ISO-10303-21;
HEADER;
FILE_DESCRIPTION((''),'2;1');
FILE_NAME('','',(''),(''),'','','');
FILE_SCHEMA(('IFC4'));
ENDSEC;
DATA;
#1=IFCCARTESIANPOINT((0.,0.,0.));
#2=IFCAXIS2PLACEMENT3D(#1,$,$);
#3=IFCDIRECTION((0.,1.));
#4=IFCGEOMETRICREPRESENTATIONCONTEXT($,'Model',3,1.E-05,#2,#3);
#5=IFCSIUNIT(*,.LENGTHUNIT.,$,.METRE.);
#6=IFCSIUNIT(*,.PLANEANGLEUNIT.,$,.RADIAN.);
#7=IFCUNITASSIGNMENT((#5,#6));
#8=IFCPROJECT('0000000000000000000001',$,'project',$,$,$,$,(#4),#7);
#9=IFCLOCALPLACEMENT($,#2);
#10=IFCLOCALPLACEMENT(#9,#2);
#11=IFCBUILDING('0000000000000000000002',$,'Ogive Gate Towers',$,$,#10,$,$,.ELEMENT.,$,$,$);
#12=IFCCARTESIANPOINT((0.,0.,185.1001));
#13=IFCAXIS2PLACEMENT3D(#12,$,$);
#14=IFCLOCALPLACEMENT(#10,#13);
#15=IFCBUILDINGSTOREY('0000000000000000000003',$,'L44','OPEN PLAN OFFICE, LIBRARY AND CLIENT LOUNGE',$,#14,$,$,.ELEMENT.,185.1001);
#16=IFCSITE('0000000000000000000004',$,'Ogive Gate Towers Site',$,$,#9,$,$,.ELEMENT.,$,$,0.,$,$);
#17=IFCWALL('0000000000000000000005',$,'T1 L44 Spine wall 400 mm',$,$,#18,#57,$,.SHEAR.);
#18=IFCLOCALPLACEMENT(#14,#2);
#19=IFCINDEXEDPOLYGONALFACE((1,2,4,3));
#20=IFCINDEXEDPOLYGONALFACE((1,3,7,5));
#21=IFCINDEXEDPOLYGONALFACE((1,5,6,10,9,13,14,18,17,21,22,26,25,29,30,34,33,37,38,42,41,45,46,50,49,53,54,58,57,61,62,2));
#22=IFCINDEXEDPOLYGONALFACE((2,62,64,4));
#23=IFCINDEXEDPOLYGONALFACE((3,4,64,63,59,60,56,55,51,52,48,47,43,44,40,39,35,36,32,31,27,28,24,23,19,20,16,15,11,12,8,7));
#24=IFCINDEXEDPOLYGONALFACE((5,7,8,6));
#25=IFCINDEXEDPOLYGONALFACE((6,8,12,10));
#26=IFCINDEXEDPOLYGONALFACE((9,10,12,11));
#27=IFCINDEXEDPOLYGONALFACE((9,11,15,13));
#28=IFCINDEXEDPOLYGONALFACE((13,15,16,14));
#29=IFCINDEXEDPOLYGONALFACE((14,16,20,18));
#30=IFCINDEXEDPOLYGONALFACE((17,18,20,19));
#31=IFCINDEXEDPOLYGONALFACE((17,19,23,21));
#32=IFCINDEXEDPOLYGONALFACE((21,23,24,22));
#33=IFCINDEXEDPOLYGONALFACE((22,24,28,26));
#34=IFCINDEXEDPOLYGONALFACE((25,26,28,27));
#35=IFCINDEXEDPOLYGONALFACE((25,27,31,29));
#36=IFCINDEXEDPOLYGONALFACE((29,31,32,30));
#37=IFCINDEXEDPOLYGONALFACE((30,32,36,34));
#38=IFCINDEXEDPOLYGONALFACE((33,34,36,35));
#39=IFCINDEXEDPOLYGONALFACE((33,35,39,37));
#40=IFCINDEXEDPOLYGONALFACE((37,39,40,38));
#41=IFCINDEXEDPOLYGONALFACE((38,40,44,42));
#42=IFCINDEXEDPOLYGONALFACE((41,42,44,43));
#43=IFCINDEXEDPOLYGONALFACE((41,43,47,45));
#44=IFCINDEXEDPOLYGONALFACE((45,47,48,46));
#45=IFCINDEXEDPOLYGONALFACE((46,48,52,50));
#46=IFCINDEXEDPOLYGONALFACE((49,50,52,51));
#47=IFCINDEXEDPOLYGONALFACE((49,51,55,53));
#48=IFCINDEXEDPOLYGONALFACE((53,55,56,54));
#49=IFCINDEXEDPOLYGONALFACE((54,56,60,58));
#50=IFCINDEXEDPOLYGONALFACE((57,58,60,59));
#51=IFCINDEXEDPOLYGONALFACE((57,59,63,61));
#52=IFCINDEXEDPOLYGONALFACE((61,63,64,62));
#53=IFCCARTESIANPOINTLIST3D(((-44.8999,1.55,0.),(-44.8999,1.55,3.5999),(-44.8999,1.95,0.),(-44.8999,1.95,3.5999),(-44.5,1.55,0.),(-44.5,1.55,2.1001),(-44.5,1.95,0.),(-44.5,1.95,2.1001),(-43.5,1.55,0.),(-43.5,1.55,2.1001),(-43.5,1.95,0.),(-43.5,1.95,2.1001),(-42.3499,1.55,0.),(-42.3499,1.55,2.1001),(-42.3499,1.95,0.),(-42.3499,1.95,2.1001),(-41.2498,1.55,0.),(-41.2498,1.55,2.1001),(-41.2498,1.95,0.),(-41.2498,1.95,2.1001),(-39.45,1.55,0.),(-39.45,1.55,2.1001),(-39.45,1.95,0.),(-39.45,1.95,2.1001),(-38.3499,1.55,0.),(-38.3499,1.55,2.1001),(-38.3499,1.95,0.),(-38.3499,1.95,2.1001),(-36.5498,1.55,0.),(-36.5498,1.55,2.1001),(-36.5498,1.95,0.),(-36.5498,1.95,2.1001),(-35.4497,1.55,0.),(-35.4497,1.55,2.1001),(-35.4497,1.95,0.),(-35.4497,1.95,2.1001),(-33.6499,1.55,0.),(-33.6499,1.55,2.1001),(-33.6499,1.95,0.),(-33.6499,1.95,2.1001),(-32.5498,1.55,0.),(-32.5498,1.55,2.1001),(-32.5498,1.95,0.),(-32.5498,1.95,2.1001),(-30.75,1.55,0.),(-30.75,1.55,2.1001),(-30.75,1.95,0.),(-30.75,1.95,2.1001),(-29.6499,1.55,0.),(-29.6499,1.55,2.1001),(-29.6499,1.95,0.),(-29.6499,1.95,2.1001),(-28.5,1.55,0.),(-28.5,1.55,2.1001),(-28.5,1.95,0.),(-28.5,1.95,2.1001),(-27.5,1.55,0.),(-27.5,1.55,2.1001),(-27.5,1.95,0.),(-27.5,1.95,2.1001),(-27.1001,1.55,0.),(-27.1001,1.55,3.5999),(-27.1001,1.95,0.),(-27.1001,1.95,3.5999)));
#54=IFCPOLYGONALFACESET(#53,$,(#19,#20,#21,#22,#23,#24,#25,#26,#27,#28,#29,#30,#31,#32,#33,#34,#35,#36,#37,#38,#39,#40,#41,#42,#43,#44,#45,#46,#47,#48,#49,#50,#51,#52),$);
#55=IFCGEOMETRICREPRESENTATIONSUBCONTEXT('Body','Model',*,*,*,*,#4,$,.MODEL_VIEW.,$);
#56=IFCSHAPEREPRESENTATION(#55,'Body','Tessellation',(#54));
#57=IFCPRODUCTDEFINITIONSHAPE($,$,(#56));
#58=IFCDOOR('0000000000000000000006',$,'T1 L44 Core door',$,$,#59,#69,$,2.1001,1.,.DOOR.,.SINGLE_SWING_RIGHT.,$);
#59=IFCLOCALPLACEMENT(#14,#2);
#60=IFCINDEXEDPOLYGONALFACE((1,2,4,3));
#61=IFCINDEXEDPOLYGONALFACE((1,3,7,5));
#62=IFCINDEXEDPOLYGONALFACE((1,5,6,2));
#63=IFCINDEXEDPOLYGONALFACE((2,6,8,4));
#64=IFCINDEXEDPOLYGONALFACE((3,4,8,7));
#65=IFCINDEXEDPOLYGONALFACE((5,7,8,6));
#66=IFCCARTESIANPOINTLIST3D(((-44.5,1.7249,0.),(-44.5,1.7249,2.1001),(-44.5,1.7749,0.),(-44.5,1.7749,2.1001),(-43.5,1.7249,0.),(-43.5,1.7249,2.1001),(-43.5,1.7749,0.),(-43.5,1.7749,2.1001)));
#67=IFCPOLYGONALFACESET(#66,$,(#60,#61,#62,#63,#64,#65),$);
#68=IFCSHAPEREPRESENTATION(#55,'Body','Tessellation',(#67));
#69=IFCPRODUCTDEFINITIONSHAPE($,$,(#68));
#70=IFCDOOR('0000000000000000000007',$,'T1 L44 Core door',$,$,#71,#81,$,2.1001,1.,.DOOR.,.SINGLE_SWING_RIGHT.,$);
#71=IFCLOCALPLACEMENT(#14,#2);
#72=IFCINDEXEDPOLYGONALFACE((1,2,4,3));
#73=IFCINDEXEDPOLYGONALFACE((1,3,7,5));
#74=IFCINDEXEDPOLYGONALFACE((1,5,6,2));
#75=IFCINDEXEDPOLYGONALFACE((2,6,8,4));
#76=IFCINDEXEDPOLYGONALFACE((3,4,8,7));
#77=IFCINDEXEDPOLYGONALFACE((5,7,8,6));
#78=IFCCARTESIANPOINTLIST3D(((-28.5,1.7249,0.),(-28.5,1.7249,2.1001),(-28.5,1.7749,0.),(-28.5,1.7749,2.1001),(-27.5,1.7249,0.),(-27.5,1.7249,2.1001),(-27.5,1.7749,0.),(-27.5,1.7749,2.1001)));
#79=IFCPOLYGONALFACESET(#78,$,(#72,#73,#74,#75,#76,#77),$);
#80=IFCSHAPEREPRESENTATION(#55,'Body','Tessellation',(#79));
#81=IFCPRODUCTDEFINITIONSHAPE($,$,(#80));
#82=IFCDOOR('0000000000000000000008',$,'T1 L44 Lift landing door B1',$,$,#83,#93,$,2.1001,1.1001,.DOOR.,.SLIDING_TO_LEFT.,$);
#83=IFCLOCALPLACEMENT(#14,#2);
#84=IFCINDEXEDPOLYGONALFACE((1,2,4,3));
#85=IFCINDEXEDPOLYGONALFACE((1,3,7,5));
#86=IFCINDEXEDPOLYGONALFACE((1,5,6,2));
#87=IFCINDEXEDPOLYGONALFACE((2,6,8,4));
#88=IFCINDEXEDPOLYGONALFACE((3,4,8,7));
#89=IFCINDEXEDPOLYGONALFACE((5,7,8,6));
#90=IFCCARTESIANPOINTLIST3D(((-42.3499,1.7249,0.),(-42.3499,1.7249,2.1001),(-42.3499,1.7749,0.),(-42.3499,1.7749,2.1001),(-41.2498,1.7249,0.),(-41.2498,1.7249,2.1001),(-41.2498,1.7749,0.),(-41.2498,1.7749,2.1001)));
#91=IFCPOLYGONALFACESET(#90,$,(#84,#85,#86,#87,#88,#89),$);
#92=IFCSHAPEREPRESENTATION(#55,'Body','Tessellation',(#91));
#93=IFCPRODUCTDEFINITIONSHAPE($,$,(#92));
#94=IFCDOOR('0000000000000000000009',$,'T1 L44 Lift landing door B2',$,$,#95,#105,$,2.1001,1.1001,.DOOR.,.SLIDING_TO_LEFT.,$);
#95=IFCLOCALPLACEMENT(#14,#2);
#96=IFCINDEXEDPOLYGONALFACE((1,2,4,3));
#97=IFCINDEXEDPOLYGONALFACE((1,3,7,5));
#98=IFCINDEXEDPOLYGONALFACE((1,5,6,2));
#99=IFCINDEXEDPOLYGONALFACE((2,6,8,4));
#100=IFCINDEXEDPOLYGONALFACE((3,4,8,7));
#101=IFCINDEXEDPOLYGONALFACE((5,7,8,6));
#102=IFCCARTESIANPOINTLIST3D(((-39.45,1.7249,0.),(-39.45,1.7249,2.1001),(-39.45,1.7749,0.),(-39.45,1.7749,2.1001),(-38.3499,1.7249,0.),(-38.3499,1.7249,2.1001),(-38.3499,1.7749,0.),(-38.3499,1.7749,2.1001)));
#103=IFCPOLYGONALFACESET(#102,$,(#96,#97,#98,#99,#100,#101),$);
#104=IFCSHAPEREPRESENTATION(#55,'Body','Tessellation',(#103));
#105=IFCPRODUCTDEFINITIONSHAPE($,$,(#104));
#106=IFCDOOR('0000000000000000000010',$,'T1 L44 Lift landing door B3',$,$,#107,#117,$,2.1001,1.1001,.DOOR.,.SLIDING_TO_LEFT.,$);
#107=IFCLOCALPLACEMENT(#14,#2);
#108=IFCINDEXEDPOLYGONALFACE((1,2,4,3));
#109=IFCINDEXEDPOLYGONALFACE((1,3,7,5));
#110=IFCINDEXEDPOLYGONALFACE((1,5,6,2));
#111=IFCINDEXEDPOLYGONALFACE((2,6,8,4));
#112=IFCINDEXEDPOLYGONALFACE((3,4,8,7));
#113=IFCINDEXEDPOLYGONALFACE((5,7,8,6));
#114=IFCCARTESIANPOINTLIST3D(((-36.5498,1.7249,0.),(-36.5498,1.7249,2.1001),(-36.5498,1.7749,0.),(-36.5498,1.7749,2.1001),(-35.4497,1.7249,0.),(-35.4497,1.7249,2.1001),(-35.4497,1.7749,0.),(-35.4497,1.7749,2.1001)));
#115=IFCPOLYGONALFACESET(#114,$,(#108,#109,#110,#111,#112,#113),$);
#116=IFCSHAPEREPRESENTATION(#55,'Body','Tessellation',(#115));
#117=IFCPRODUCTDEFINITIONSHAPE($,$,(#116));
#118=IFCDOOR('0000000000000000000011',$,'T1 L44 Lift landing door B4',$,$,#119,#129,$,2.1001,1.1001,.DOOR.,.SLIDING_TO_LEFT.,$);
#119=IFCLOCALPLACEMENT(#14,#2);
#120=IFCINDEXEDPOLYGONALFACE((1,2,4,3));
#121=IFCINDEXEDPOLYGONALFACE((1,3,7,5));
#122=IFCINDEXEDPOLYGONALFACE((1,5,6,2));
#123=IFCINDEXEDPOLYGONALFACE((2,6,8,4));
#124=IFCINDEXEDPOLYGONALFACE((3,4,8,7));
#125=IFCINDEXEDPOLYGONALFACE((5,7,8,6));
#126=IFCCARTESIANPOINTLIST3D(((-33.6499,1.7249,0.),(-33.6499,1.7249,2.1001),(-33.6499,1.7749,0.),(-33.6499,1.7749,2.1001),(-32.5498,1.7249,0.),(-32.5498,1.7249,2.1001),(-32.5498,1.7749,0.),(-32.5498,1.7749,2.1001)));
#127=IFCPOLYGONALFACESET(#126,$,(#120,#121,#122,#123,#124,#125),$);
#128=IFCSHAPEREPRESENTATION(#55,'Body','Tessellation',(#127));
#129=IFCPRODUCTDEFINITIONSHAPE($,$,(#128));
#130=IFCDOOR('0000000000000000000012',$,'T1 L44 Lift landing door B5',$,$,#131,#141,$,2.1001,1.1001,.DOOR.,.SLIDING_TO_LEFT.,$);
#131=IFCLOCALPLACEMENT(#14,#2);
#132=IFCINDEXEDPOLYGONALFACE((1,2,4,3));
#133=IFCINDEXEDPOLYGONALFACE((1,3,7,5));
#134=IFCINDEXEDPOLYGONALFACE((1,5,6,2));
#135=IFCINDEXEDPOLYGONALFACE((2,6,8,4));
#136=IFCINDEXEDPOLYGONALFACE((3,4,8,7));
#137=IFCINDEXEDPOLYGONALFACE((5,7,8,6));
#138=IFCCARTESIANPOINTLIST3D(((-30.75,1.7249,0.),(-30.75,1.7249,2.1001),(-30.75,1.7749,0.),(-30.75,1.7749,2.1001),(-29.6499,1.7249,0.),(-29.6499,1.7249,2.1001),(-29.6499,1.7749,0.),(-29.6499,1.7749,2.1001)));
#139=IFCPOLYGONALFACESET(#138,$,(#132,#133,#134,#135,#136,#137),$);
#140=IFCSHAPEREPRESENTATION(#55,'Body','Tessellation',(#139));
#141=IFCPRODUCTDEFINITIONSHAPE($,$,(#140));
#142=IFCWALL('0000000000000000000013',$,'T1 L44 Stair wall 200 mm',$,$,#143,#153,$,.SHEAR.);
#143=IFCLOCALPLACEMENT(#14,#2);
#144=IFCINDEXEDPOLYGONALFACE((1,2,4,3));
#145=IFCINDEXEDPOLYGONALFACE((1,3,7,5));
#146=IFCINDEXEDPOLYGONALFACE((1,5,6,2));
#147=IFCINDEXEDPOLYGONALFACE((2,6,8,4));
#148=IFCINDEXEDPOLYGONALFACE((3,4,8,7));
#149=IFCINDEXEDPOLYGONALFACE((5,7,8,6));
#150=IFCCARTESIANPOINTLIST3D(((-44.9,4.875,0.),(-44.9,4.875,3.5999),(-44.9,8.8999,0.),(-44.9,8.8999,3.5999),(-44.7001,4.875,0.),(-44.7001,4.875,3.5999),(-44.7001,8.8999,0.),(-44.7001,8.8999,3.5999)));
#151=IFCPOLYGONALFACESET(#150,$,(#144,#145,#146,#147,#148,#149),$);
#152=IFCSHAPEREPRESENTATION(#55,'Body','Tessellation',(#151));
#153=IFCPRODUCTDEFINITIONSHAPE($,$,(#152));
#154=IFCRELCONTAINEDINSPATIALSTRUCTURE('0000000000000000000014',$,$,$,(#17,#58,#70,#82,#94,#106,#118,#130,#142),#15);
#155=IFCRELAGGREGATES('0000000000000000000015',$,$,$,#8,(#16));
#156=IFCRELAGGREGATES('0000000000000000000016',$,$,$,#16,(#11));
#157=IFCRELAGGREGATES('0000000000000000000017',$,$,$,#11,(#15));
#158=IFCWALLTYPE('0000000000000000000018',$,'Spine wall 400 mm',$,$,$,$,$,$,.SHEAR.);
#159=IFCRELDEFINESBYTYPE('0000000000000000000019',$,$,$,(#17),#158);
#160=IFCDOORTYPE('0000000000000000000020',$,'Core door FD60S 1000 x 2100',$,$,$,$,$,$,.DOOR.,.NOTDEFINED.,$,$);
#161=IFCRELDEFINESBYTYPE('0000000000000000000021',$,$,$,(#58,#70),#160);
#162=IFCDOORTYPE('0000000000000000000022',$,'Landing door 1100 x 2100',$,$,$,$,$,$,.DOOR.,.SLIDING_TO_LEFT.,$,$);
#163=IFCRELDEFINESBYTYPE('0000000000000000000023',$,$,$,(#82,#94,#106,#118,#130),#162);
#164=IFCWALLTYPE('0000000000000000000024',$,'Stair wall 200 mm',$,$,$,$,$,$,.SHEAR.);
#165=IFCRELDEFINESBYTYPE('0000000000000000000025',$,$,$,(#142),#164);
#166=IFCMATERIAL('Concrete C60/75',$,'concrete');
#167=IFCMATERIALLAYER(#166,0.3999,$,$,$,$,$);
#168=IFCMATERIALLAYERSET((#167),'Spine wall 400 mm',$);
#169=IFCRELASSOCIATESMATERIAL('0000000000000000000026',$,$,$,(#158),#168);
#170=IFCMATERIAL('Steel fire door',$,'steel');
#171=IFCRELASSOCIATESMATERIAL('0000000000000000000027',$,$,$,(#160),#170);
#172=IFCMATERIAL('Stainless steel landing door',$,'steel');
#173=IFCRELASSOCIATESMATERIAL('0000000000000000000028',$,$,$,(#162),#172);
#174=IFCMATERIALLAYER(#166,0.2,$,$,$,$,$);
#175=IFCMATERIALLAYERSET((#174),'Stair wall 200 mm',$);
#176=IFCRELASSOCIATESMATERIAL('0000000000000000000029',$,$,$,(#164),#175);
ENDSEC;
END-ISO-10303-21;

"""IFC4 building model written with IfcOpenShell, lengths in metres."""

from ifc_helpers import new_model, si_unit, direction, frame, frame_2d, origin, place, context, subcontext, project, spatial, rectangle, extrude, material, layer, layer_set, type_object, element, fill, save


model = new_model("IFC4")

# Units and contexts
model_context = context("Model", 3, precision=1e-05, world=origin(), true_north=direction((0.0, 1.0)))
body_context = subcontext(model_context, "Body", "Model", "MODEL_VIEW")
ifc_project = project(units=[si_unit("LENGTHUNIT", "METRE"), si_unit("PLANEANGLEUNIT", "RADIAN")], contexts=[model_context])

# Site, building, storey
site_placement = place(None, origin())
site = spatial("IfcSite", under=ifc_project, at=site_placement, Name="Ogive Gate Towers Site", CompositionType="ELEMENT", RefElevation=0.0)
building_placement = place(site_placement, origin())
building = spatial("IfcBuilding", under=site, at=building_placement, Name="Ogive Gate Towers", CompositionType="ELEMENT")
storey_placement = place(building_placement, frame((0.0, 0.0, 185.1001)))
storey = spatial("IfcBuildingStorey", under=building, at=storey_placement, Name="L44", Description="OPEN PLAN OFFICE, LIBRARY AND CLIENT LOUNGE", CompositionType="ELEMENT", Elevation=185.1001)

# Shared definitions
ifc_material_1 = material(Name="Concrete C60/75", Category="concrete")
ifc_material_2 = material(Name="Steel fire door", Category="steel")

# Wall, openings, doors
ifc_layer_1 = layer(ifc_material_1, 0.3999)
ifc_layer_set_1 = layer_set([ifc_layer_1], Name="Spine wall 400 mm")
wall_type_1 = type_object("IfcWallType", Name="Spine wall 400 mm", PredefinedType="SHEAR", material=ifc_layer_set_1)
wall_1_placement = place(storey_placement, frame((-44.8999, 1.75, 0.0), z_axis=(0.0, 0.0, 1.0), x_axis=(1.0, 0.0, 0.0)))
wall_1 = element("IfcWall", 1, at=wall_1_placement, inside=storey, type_object=wall_type_1, Name="T1 L44 Spine wall 400 mm", PredefinedType="SHEAR", context=body_context, shape_type="SweptSolid", body=[
    extrude(rectangle(XDim=17.7998, YDim=0.3999, at=frame_2d((8.8999, 0.0))), origin(), (0.0, 0.0, 1.0), 3.5999),
])
opening_1_placement = place(wall_1_placement, frame((0.3999, 0.0, 0.0)))
opening_1 = element("IfcOpeningElement", 2, at=opening_1_placement, cuts=wall_1, PredefinedType="OPENING", context=body_context, shape_type="SweptSolid", body=[
    extrude(rectangle(XDim=1.0, YDim=2.1001, at=frame_2d((0.5, 1.05))), frame((0.0, 0.21, 0.0), z_axis=(0.0, -1.0, 0.0), x_axis=(1.0, 0.0, 0.0)), (0.0, 0.0, 1.0), 0.4199),
])
opening_2_placement = place(wall_1_placement, frame((2.55, 0.0, 0.0)))
opening_2 = element("IfcOpeningElement", 3, at=opening_2_placement, cuts=wall_1, PredefinedType="OPENING", context=body_context, shape_type="SweptSolid", body=[
    extrude(rectangle(XDim=1.1001, YDim=2.1001, at=frame_2d((0.55, 1.05))), frame((0.0, 0.21, 0.0), z_axis=(0.0, -1.0, 0.0), x_axis=(1.0, 0.0, 0.0)), (0.0, 0.0, 1.0), 0.4199),
])
opening_3_placement = place(wall_1_placement, frame((5.45, 0.0, 0.0)))
opening_3 = element("IfcOpeningElement", 4, at=opening_3_placement, cuts=wall_1, PredefinedType="OPENING", context=body_context, shape_type="SweptSolid", body=[
    extrude(rectangle(XDim=1.1001, YDim=2.1001, at=frame_2d((0.55, 1.05))), frame((0.0, 0.21, 0.0), z_axis=(0.0, -1.0, 0.0), x_axis=(1.0, 0.0, 0.0)), (0.0, 0.0, 1.0), 0.4199),
])
opening_4_placement = place(wall_1_placement, frame((8.3501, 0.0, 0.0)))
opening_4 = element("IfcOpeningElement", 5, at=opening_4_placement, cuts=wall_1, PredefinedType="OPENING", context=body_context, shape_type="SweptSolid", body=[
    extrude(rectangle(XDim=1.1001, YDim=2.1001, at=frame_2d((0.55, 1.05))), frame((0.0, 0.21, 0.0), z_axis=(0.0, -1.0, 0.0), x_axis=(1.0, 0.0, 0.0)), (0.0, 0.0, 1.0), 0.4199),
])
opening_5_placement = place(wall_1_placement, frame((11.25, 0.0, 0.0)))
opening_5 = element("IfcOpeningElement", 6, at=opening_5_placement, cuts=wall_1, PredefinedType="OPENING", context=body_context, shape_type="SweptSolid", body=[
    extrude(rectangle(XDim=1.1001, YDim=2.1001, at=frame_2d((0.55, 1.05))), frame((0.0, 0.21, 0.0), z_axis=(0.0, -1.0, 0.0), x_axis=(1.0, 0.0, 0.0)), (0.0, 0.0, 1.0), 0.4199),
])
opening_6_placement = place(wall_1_placement, frame((14.1499, 0.0, 0.0)))
opening_6 = element("IfcOpeningElement", 7, at=opening_6_placement, cuts=wall_1, PredefinedType="OPENING", context=body_context, shape_type="SweptSolid", body=[
    extrude(rectangle(XDim=1.1001, YDim=2.1001, at=frame_2d((0.55, 1.05))), frame((0.0, 0.21, 0.0), z_axis=(0.0, -1.0, 0.0), x_axis=(1.0, 0.0, 0.0)), (0.0, 0.0, 1.0), 0.4199),
])
opening_7_placement = place(wall_1_placement, frame((16.3999, 0.0, 0.0)))
opening_7 = element("IfcOpeningElement", 8, at=opening_7_placement, cuts=wall_1, PredefinedType="OPENING", context=body_context, shape_type="SweptSolid", body=[
    extrude(rectangle(XDim=1.0, YDim=2.1001, at=frame_2d((0.5, 1.05))), frame((0.0, 0.21, 0.0), z_axis=(0.0, -1.0, 0.0), x_axis=(1.0, 0.0, 0.0)), (0.0, 0.0, 1.0), 0.4199),
])
door_type_1 = type_object("IfcDoorType", Name="Core door FD60S 1000 x 2100", OperationType="NOTDEFINED", PredefinedType="DOOR", material=ifc_material_2)
door_1_placement = place(opening_1_placement, origin())
door_1 = element("IfcDoor", 9, at=door_1_placement, inside=storey, type_object=door_type_1, Name="T1 L44 Core door", OperationType="SINGLE_SWING_RIGHT", OverallHeight=2.1001, OverallWidth=1.0, PredefinedType="DOOR", context=body_context, shape_type="SweptSolid", body=[
    extrude(rectangle(XDim=1.0, YDim=2.1001, at=frame_2d((0.5, 1.05))), frame((0.0, 0.0249, 0.0), z_axis=(0.0, -1.0, 0.0), x_axis=(1.0, 0.0, 0.0)), (0.0, 0.0, 1.0), 0.05),
])
fill(opening_1, door_1)
door_2_placement = place(opening_7_placement, origin())
door_2 = element("IfcDoor", 10, at=door_2_placement, inside=storey, type_object=door_type_1, Name="T1 L44 Core door", OperationType="SINGLE_SWING_RIGHT", OverallHeight=2.1001, OverallWidth=1.0, PredefinedType="DOOR", context=body_context, shape_type="SweptSolid", body=[
    extrude(rectangle(XDim=1.0, YDim=2.1001, at=frame_2d((0.5, 1.05))), frame((0.0, 0.0249, 0.0), z_axis=(0.0, -1.0, 0.0), x_axis=(1.0, 0.0, 0.0)), (0.0, 0.0, 1.0), 0.05),
])
fill(opening_7, door_2)
ifc_material_3 = material(Name="Stainless steel landing door", Category="steel")
door_type_2 = type_object("IfcDoorType", Name="Landing door 1100 x 2100", OperationType="SLIDING_TO_LEFT", PredefinedType="DOOR", material=ifc_material_3)
door_3_placement = place(opening_2_placement, origin())
door_3 = element("IfcDoor", 11, at=door_3_placement, inside=storey, type_object=door_type_2, Name="T1 L44 Lift landing door B1", OperationType="SLIDING_TO_LEFT", OverallHeight=2.1001, OverallWidth=1.1001, PredefinedType="DOOR", context=body_context, shape_type="SweptSolid", body=[
    extrude(rectangle(XDim=1.1001, YDim=2.1001, at=frame_2d((0.55, 1.05))), frame((0.0, 0.0249, 0.0), z_axis=(0.0, -1.0, 0.0), x_axis=(1.0, 0.0, 0.0)), (0.0, 0.0, 1.0), 0.05),
])
fill(opening_2, door_3)
door_4_placement = place(opening_3_placement, origin())
door_4 = element("IfcDoor", 12, at=door_4_placement, inside=storey, type_object=door_type_2, Name="T1 L44 Lift landing door B2", OperationType="SLIDING_TO_LEFT", OverallHeight=2.1001, OverallWidth=1.1001, PredefinedType="DOOR", context=body_context, shape_type="SweptSolid", body=[
    extrude(rectangle(XDim=1.1001, YDim=2.1001, at=frame_2d((0.55, 1.05))), frame((0.0, 0.0249, 0.0), z_axis=(0.0, -1.0, 0.0), x_axis=(1.0, 0.0, 0.0)), (0.0, 0.0, 1.0), 0.05),
])
fill(opening_3, door_4)
door_5_placement = place(opening_4_placement, origin())
door_5 = element("IfcDoor", 13, at=door_5_placement, inside=storey, type_object=door_type_2, Name="T1 L44 Lift landing door B3", OperationType="SLIDING_TO_LEFT", OverallHeight=2.1001, OverallWidth=1.1001, PredefinedType="DOOR", context=body_context, shape_type="SweptSolid", body=[
    extrude(rectangle(XDim=1.1001, YDim=2.1001, at=frame_2d((0.55, 1.05))), frame((0.0, 0.0249, 0.0), z_axis=(0.0, -1.0, 0.0), x_axis=(1.0, 0.0, 0.0)), (0.0, 0.0, 1.0), 0.05),
])
fill(opening_4, door_5)
door_6_placement = place(opening_5_placement, origin())
door_6 = element("IfcDoor", 14, at=door_6_placement, inside=storey, type_object=door_type_2, Name="T1 L44 Lift landing door B4", OperationType="SLIDING_TO_LEFT", OverallHeight=2.1001, OverallWidth=1.1001, PredefinedType="DOOR", context=body_context, shape_type="SweptSolid", body=[
    extrude(rectangle(XDim=1.1001, YDim=2.1001, at=frame_2d((0.55, 1.05))), frame((0.0, 0.0249, 0.0), z_axis=(0.0, -1.0, 0.0), x_axis=(1.0, 0.0, 0.0)), (0.0, 0.0, 1.0), 0.05),
])
fill(opening_5, door_6)
door_7_placement = place(opening_6_placement, origin())
door_7 = element("IfcDoor", 15, at=door_7_placement, inside=storey, type_object=door_type_2, Name="T1 L44 Lift landing door B5", OperationType="SLIDING_TO_LEFT", OverallHeight=2.1001, OverallWidth=1.1001, PredefinedType="DOOR", context=body_context, shape_type="SweptSolid", body=[
    extrude(rectangle(XDim=1.1001, YDim=2.1001, at=frame_2d((0.55, 1.05))), frame((0.0, 0.0249, 0.0), z_axis=(0.0, -1.0, 0.0), x_axis=(1.0, 0.0, 0.0)), (0.0, 0.0, 1.0), 0.05),
])
fill(opening_6, door_7)

# Wall
ifc_layer_2 = layer(ifc_material_1, 0.2)
ifc_layer_set_2 = layer_set([ifc_layer_2], Name="Stair wall 200 mm")
wall_type_2 = type_object("IfcWallType", Name="Stair wall 200 mm", PredefinedType="SHEAR", material=ifc_layer_set_2)
wall_2_placement = place(storey_placement, frame((-44.8, 4.875, 0.0), z_axis=(0.0, 0.0, 1.0), x_axis=(0.0, 1.0, 0.0)))
element("IfcWall", 16, at=wall_2_placement, inside=storey, type_object=wall_type_2, Name="T1 L44 Stair wall 200 mm", PredefinedType="SHEAR", context=body_context, shape_type="SweptSolid", body=[
    extrude(rectangle(XDim=4.0249, YDim=0.2, at=frame_2d((2.0125, 0.0))), origin(), (0.0, 0.0, 1.0), 3.5999),
])

save(model, "model.ifc")
